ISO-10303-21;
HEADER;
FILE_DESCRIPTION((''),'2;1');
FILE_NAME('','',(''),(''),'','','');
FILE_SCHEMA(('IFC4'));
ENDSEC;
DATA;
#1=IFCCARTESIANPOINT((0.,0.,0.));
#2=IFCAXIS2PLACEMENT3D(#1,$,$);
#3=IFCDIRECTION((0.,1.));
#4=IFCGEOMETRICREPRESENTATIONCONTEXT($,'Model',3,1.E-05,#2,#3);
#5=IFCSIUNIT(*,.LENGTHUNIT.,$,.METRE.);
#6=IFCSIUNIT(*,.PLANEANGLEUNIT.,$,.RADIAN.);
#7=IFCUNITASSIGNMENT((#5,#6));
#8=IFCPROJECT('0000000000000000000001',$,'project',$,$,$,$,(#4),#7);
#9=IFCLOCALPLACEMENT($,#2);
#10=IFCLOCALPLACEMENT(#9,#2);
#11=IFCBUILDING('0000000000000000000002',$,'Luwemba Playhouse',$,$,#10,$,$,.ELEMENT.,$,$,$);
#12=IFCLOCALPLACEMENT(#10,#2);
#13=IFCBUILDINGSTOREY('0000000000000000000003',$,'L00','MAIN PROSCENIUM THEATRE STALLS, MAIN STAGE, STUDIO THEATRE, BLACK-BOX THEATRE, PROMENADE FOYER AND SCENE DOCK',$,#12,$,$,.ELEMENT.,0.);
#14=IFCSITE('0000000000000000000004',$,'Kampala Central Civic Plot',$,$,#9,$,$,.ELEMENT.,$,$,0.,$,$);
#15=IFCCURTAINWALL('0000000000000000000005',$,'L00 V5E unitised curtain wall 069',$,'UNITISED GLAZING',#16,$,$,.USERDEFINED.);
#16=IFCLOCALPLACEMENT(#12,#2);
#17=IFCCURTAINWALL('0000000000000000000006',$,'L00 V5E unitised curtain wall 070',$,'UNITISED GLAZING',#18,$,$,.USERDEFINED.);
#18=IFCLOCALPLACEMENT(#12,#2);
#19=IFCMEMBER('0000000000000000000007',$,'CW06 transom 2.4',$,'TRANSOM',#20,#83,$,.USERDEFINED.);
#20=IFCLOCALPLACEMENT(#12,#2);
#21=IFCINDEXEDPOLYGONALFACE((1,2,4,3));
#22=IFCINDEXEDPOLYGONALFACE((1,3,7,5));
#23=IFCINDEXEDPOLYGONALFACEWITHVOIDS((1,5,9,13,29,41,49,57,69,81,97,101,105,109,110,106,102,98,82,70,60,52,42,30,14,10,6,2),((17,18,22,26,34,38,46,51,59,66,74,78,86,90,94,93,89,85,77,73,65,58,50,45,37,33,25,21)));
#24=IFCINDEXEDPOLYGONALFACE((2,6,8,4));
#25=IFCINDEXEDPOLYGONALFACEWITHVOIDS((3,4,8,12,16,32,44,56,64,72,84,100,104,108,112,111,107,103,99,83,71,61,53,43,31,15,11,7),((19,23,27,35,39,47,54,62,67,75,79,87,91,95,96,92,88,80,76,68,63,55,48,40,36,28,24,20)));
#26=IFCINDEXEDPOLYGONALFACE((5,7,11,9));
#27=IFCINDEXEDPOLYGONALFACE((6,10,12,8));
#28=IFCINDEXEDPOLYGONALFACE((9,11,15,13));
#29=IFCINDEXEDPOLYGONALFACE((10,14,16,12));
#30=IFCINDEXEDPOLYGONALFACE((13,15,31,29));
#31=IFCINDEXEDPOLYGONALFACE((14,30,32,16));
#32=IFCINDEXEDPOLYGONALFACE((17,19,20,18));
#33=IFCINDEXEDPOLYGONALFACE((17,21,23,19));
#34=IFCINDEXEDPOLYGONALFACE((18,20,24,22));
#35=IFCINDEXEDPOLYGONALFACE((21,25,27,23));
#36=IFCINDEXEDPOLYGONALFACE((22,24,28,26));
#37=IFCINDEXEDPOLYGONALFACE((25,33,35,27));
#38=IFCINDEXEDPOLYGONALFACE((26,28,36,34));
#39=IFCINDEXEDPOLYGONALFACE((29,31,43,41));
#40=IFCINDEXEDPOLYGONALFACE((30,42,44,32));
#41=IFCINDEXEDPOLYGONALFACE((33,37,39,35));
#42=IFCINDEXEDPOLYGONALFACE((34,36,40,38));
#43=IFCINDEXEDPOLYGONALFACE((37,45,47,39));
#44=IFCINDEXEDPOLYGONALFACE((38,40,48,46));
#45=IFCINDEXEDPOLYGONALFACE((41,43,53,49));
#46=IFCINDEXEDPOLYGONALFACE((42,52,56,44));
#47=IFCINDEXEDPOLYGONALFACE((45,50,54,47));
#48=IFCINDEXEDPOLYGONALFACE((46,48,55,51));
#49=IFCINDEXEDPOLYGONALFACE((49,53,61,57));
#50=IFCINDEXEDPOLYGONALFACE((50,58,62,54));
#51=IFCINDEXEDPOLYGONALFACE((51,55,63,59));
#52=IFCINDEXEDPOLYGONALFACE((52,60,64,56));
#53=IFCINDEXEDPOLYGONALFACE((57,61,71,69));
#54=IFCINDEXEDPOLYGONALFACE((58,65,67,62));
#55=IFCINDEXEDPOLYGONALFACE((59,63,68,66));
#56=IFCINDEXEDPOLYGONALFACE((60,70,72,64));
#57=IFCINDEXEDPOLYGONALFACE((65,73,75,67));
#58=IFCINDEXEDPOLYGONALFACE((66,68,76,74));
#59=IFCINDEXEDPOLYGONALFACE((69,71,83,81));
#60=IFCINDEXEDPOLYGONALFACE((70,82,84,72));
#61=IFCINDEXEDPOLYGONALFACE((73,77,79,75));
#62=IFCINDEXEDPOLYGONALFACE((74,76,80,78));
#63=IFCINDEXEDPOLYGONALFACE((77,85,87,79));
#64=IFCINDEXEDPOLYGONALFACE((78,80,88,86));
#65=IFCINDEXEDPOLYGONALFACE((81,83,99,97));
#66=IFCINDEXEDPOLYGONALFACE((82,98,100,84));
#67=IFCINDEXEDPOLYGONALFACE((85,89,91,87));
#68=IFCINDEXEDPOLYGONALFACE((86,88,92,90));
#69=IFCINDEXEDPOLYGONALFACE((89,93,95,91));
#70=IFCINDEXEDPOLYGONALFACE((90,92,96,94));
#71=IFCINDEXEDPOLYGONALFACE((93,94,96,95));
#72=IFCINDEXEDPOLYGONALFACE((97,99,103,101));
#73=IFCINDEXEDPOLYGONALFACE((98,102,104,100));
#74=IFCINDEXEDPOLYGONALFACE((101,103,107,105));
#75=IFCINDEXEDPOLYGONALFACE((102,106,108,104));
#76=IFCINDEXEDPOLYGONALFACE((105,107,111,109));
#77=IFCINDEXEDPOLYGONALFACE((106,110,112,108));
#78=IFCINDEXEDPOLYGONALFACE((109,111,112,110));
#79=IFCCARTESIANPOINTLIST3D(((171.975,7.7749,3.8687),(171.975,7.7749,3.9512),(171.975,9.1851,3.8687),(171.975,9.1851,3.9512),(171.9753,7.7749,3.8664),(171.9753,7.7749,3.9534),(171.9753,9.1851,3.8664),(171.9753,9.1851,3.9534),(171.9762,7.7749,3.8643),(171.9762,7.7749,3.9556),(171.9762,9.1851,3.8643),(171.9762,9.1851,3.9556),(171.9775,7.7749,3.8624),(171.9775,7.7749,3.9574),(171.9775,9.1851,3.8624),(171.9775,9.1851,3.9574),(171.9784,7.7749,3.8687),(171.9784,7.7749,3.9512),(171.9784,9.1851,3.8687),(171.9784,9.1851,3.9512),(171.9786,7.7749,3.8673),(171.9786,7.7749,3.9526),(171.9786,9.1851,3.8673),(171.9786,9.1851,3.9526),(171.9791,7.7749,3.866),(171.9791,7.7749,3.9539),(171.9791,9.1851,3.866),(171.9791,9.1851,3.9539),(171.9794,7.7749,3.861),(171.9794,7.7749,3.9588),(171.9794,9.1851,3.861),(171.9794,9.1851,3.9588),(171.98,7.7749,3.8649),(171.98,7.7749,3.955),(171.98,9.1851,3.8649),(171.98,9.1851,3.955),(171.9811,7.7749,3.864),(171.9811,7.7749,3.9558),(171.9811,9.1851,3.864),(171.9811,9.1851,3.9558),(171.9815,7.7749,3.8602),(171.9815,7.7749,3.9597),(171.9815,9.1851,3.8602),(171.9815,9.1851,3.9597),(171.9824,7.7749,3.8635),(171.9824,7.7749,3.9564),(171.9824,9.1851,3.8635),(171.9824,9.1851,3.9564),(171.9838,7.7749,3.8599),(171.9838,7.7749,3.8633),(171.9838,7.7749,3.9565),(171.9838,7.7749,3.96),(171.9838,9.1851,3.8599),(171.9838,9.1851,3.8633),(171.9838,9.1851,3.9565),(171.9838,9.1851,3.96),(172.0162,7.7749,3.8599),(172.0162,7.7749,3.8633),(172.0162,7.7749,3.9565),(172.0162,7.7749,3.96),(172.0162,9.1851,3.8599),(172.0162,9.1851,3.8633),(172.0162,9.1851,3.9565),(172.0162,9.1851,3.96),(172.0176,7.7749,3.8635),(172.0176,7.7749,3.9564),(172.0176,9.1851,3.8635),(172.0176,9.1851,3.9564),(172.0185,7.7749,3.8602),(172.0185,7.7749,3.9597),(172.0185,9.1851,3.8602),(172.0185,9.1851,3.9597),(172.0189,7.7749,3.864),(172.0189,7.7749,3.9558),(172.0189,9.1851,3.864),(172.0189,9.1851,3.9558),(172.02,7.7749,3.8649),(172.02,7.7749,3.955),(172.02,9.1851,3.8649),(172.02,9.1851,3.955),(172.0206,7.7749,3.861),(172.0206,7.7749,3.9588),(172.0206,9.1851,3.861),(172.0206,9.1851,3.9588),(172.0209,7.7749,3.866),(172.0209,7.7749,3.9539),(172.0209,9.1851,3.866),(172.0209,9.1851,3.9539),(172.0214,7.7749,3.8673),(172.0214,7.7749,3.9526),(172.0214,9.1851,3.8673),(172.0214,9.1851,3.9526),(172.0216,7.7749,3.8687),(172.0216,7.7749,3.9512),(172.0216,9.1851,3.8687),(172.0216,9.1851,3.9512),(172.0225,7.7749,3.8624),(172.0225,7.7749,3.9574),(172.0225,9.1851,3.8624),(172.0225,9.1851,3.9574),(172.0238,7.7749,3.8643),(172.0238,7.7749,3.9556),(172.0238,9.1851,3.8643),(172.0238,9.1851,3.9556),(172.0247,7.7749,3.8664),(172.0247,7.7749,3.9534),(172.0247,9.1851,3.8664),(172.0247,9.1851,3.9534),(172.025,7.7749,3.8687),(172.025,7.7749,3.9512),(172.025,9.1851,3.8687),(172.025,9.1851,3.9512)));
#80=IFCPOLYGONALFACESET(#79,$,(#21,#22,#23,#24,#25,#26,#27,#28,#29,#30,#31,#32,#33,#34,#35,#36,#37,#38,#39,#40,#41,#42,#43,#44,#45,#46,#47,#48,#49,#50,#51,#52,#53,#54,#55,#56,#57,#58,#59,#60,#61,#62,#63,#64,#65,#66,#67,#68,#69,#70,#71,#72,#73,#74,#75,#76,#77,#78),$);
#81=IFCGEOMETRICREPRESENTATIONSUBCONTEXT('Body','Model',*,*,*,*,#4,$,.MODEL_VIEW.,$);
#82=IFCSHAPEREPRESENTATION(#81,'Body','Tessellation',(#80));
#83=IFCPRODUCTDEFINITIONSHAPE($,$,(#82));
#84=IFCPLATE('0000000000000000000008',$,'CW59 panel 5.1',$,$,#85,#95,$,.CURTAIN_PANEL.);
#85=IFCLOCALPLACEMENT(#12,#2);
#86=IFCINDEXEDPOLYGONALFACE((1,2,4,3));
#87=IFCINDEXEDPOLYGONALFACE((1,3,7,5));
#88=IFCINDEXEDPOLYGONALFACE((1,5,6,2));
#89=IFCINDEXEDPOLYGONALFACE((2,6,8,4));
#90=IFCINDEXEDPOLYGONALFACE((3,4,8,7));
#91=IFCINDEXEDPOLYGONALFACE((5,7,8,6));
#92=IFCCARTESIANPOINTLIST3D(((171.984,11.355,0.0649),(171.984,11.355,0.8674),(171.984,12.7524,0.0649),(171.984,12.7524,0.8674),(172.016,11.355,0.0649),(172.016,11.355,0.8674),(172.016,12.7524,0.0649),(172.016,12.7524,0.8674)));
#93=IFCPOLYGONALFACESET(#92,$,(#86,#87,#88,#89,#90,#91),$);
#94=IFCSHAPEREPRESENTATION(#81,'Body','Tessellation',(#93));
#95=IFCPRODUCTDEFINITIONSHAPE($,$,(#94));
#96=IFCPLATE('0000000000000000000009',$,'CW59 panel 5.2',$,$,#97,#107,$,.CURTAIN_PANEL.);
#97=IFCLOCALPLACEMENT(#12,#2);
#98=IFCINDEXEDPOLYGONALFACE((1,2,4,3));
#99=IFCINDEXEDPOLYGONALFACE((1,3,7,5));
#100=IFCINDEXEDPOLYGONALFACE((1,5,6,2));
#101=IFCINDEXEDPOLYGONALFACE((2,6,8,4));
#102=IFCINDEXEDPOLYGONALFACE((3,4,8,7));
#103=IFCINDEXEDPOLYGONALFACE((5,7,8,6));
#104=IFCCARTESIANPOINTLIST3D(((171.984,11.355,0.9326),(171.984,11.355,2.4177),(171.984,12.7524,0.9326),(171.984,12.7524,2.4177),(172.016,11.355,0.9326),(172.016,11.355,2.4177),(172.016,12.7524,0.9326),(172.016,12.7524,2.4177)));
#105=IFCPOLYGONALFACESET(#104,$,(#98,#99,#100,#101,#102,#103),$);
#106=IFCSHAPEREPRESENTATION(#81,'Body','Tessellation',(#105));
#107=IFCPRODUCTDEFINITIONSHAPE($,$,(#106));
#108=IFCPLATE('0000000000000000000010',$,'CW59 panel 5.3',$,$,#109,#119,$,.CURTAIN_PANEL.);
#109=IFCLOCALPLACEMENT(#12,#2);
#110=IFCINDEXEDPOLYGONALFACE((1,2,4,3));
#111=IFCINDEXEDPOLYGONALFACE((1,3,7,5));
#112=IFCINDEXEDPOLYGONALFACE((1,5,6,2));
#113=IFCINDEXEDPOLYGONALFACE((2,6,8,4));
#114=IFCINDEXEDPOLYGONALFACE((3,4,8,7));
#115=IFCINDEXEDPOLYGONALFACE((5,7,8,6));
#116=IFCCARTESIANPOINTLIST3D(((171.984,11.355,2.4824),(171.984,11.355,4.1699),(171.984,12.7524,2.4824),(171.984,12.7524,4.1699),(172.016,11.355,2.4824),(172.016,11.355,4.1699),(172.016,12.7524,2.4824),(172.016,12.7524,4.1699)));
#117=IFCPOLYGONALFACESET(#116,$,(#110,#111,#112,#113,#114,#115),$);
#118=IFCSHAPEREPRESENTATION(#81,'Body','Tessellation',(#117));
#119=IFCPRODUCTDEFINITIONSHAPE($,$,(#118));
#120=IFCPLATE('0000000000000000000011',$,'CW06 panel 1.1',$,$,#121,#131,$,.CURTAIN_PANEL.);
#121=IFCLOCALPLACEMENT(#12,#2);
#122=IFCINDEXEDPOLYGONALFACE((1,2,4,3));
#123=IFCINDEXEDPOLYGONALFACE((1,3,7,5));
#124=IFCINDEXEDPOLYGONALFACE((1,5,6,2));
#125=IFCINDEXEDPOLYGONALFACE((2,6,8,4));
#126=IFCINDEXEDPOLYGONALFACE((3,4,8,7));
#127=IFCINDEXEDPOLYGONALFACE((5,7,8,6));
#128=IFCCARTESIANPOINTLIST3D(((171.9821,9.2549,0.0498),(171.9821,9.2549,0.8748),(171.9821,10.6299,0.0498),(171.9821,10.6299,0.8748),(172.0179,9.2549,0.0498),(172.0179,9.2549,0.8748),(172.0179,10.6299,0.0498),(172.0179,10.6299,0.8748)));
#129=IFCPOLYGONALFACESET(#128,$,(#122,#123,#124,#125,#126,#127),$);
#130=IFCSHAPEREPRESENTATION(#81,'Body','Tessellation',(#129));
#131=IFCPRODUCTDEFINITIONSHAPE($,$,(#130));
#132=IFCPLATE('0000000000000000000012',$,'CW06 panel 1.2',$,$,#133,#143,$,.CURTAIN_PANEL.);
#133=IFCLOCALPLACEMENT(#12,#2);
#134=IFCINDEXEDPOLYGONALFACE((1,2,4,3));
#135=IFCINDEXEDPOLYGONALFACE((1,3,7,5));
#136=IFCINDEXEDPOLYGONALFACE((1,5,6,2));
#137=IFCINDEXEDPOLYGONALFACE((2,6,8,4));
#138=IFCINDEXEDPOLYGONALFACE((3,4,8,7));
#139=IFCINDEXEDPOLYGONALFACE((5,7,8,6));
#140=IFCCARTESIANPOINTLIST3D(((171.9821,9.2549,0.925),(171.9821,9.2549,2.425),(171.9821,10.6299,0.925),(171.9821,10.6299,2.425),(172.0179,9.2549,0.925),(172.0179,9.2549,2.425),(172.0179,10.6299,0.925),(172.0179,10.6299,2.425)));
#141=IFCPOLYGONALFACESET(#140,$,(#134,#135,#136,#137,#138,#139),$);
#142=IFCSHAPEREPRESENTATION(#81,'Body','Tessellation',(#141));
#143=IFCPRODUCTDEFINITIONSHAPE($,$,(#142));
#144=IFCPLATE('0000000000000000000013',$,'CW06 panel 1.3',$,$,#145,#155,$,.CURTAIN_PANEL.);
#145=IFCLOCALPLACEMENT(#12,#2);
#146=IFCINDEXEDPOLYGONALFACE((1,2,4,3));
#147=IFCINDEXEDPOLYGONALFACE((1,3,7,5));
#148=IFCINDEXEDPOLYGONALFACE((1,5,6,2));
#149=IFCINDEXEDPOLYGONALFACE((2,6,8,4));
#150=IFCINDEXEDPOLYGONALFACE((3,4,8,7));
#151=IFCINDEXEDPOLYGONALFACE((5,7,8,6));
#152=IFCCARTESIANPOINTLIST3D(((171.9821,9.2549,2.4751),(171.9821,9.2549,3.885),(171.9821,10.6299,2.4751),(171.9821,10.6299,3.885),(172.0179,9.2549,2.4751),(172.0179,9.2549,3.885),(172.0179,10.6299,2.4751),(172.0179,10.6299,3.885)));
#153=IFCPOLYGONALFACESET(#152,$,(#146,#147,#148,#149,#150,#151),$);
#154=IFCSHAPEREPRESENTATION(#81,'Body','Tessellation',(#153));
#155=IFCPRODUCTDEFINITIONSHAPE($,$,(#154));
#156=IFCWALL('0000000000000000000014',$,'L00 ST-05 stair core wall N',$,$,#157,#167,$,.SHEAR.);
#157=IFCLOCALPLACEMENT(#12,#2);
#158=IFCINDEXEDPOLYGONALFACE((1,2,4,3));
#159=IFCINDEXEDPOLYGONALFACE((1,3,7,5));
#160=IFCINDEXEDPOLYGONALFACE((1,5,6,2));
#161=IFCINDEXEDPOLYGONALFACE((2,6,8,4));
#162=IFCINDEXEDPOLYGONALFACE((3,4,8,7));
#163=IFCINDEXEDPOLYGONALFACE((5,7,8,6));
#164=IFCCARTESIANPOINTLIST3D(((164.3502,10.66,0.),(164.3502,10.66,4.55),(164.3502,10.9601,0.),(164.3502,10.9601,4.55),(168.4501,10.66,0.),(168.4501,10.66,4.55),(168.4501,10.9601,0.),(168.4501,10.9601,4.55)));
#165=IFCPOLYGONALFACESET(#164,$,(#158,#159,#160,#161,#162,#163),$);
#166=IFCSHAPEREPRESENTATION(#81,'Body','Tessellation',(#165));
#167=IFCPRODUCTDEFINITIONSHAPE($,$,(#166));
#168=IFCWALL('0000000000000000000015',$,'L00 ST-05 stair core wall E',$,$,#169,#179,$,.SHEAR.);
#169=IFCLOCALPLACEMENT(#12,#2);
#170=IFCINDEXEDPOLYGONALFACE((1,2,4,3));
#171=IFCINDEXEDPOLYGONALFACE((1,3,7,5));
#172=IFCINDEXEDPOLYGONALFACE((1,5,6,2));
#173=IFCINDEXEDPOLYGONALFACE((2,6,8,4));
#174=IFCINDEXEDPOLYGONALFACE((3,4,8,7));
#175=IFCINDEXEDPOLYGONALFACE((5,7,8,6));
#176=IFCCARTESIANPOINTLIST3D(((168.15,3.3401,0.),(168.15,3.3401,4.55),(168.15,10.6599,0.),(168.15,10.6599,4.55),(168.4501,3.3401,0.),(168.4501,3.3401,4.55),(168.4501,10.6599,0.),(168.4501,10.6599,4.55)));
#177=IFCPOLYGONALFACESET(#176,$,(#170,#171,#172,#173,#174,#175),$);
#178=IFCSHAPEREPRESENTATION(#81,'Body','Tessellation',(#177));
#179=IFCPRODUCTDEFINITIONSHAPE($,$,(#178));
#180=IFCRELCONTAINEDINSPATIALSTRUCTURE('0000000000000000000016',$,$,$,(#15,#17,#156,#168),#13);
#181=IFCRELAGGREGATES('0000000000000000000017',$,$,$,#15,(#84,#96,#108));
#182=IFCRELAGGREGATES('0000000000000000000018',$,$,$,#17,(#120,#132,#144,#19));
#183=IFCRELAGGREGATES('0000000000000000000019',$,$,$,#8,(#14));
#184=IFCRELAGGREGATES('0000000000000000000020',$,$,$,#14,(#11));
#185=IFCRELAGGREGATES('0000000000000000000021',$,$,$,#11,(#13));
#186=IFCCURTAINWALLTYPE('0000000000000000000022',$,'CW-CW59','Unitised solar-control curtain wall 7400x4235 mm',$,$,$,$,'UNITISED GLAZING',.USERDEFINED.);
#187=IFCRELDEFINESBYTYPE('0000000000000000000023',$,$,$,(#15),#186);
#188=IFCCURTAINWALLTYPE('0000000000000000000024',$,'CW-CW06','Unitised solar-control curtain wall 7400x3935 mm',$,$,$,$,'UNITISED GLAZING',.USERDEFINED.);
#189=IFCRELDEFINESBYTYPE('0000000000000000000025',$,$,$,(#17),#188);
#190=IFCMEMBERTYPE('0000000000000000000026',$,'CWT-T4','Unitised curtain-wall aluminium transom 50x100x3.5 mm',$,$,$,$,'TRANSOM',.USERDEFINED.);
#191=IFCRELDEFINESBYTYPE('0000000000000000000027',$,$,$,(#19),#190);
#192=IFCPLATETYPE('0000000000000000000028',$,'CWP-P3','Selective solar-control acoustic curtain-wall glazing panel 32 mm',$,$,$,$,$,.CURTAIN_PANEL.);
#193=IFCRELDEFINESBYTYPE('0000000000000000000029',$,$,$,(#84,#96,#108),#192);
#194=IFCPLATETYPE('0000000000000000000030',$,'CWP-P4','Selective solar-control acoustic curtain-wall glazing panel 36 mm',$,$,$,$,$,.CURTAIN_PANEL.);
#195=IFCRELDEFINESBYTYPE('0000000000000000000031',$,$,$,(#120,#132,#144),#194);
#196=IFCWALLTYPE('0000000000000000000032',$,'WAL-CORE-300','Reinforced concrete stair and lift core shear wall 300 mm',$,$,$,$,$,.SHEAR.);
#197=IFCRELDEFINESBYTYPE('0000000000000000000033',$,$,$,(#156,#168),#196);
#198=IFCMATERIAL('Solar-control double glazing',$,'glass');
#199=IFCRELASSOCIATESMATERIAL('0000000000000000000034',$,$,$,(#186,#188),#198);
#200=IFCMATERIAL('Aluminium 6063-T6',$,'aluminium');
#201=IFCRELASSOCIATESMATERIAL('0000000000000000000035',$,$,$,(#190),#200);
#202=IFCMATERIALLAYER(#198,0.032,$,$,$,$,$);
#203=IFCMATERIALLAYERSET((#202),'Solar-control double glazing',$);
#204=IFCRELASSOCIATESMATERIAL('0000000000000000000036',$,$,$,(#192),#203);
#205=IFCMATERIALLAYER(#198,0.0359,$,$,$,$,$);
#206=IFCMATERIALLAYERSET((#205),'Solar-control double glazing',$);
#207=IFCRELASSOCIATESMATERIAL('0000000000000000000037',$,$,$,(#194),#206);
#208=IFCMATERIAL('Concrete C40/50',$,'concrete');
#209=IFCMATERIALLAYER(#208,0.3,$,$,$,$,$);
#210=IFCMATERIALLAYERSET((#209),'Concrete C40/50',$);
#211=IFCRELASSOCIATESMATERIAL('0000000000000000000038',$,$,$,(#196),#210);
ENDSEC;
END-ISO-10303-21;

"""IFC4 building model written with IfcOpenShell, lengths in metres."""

from ifc_helpers import new_model, si_unit, direction, frame, frame_2d, origin, origin_2d, place, context, subcontext, project, spatial, rectangle, hollow_rectangle, extrude, material, layer, layer_set, material_profile, profile_set, type_object, element, aggregate, save


model = new_model("IFC4")

# Units and contexts
model_context = context("Model", 3, precision=1e-05, world=origin(), true_north=direction((0.0, 1.0)))
body_context = subcontext(model_context, "Body", "Model", "MODEL_VIEW")
ifc_project = project(units=[si_unit("LENGTHUNIT", "METRE"), si_unit("PLANEANGLEUNIT", "RADIAN")], contexts=[model_context])

# Site, building, storey
site_placement = place(None, origin())
site = spatial("IfcSite", under=ifc_project, at=site_placement, Name="Kampala Central Civic Plot", CompositionType="ELEMENT", RefElevation=0.0)
building_placement = place(site_placement, origin())
building = spatial("IfcBuilding", under=site, at=building_placement, Name="Luwemba Playhouse", CompositionType="ELEMENT")
storey_placement = place(building_placement, origin())
storey = spatial("IfcBuildingStorey", under=building, at=storey_placement, Name="L00", Description="MAIN PROSCENIUM THEATRE STALLS, MAIN STAGE, STUDIO THEATRE, BLACK-BOX THEATRE, PROMENADE FOYER AND SCENE DOCK", CompositionType="ELEMENT", Elevation=0.0)

# Shared definitions
ifc_material_1 = material(Name="Concrete C40/50", Category="concrete")

# Curtain wall
ifc_material_2 = material(Name="Solar-control double glazing", Category="glass")
curtain_wall_type_1 = type_object("IfcCurtainWallType", Name="CW-CW59", Description="Unitised solar-control curtain wall 7400x4235 mm", ElementType="UNITISED GLAZING", PredefinedType="USERDEFINED", material=ifc_material_2)
curtain_wall_1_placement = place(storey_placement, origin())
curtain_wall_1 = element("IfcCurtainWall", 1, at=curtain_wall_1_placement, inside=storey, type_object=curtain_wall_type_1, Name="L00 V5E unitised curtain wall 069", ObjectType="UNITISED GLAZING", PredefinedType="USERDEFINED")
ifc_material_3 = material(Name="Aluminium 6063-T6", Category="aluminium")

# Curtain wall
curtain_wall_type_2 = type_object("IfcCurtainWallType", Name="CW-CW06", Description="Unitised solar-control curtain wall 7400x3935 mm", ElementType="UNITISED GLAZING", PredefinedType="USERDEFINED", material=ifc_material_2)
curtain_wall_2_placement = place(storey_placement, origin())
curtain_wall_2 = element("IfcCurtainWall", 2, at=curtain_wall_2_placement, inside=storey, type_object=curtain_wall_type_2, Name="L00 V5E unitised curtain wall 070", ObjectType="UNITISED GLAZING", PredefinedType="USERDEFINED")

# Member
ifc_material_profile_1 = material_profile(ifc_material_3, hollow_rectangle(XDim=0.05, YDim=0.1001, WallThickness=0.0034, InnerFilletRadius=0.0054, OuterFilletRadius=0.0088, at=origin_2d()))
ifc_profile_set_1 = profile_set([ifc_material_profile_1], Name="Aluminium 6063-T6")
member_type_1 = type_object("IfcMemberType", Name="CWT-T4", Description="Unitised curtain-wall aluminium transom 50x100x3.5 mm", ElementType="TRANSOM", PredefinedType="USERDEFINED", material=ifc_profile_set_1)
member_1_placement = place(storey_placement, frame((172.0, 9.1851, 3.9099), z_axis=(0.0, -1.0, 0.0), x_axis=(1.0, 0.0, 0.0)))
member_1 = element("IfcMember", 3, at=member_1_placement, type_object=member_type_1, Name="CW06 transom 2.4", ObjectType="TRANSOM", PredefinedType="USERDEFINED", context=body_context, shape_type="SweptSolid", body=[
    extrude(hollow_rectangle(XDim=0.05, YDim=0.1001, WallThickness=0.0034, InnerFilletRadius=0.0054, OuterFilletRadius=0.0088, at=origin_2d()), origin(), (0.0, 0.0, 1.0), 1.4102),
])

# Plates
ifc_layer_1 = layer(ifc_material_2, 0.032)
ifc_layer_set_1 = layer_set([ifc_layer_1], Name="Solar-control double glazing")
plate_type_1 = type_object("IfcPlateType", Name="CWP-P3", Description="Selective solar-control acoustic curtain-wall glazing panel 32 mm", PredefinedType="CURTAIN_PANEL", material=ifc_layer_set_1)
plate_1_placement = place(storey_placement, frame((172.0, 12.0537, 0.0649), z_axis=(0.0, 0.0, 1.0), x_axis=(0.0, -1.0, 0.0)))
plate_1 = element("IfcPlate", 4, at=plate_1_placement, type_object=plate_type_1, Name="CW59 panel 5.1", PredefinedType="CURTAIN_PANEL", context=body_context, shape_type="SweptSolid", body=[
    extrude(rectangle(XDim=1.3975, YDim=0.032, at=origin_2d()), origin(), (0.0, 0.0, 1.0), 0.8025),
])
plate_2_placement = place(storey_placement, frame((172.0, 12.0537, 0.9326), z_axis=(0.0, 0.0, 1.0), x_axis=(0.0, -1.0, 0.0)))
plate_2 = element("IfcPlate", 5, at=plate_2_placement, type_object=plate_type_1, Name="CW59 panel 5.2", PredefinedType="CURTAIN_PANEL", context=body_context, shape_type="SweptSolid", body=[
    extrude(rectangle(XDim=1.3975, YDim=0.032, at=origin_2d()), origin(), (0.0, 0.0, 1.0), 1.4851),
])
plate_3_placement = place(storey_placement, frame((172.0, 12.0537, 2.4824), z_axis=(0.0, 0.0, 1.0), x_axis=(0.0, -1.0, 0.0)))
plate_3 = element("IfcPlate", 6, at=plate_3_placement, type_object=plate_type_1, Name="CW59 panel 5.3", PredefinedType="CURTAIN_PANEL", context=body_context, shape_type="SweptSolid", body=[
    extrude(rectangle(XDim=1.3975, YDim=0.032, at=origin_2d()), origin(), (0.0, 0.0, 1.0), 1.6875),
])
aggregate(curtain_wall_1, [plate_1, plate_2, plate_3])
ifc_layer_2 = layer(ifc_material_2, 0.0359)
ifc_layer_set_2 = layer_set([ifc_layer_2], Name="Solar-control double glazing")
plate_type_2 = type_object("IfcPlateType", Name="CWP-P4", Description="Selective solar-control acoustic curtain-wall glazing panel 36 mm", PredefinedType="CURTAIN_PANEL", material=ifc_layer_set_2)
plate_4_placement = place(storey_placement, frame((172.0, 9.9424, 0.0498), z_axis=(0.0, 0.0, 1.0), x_axis=(0.0, -1.0, 0.0)))
plate_4 = element("IfcPlate", 7, at=plate_4_placement, type_object=plate_type_2, Name="CW06 panel 1.1", PredefinedType="CURTAIN_PANEL", context=body_context, shape_type="SweptSolid", body=[
    extrude(rectangle(XDim=1.375, YDim=0.0359, at=origin_2d()), origin(), (0.0, 0.0, 1.0), 0.825),
])
plate_5_placement = place(storey_placement, frame((172.0, 9.9424, 0.925), z_axis=(0.0, 0.0, 1.0), x_axis=(0.0, -1.0, 0.0)))
plate_5 = element("IfcPlate", 8, at=plate_5_placement, type_object=plate_type_2, Name="CW06 panel 1.2", PredefinedType="CURTAIN_PANEL", context=body_context, shape_type="SweptSolid", body=[
    extrude(rectangle(XDim=1.375, YDim=0.0359, at=origin_2d()), origin(), (0.0, 0.0, 1.0), 1.5),
])
plate_6_placement = place(storey_placement, frame((172.0, 9.9424, 2.4751), z_axis=(0.0, 0.0, 1.0), x_axis=(0.0, -1.0, 0.0)))
plate_6 = element("IfcPlate", 9, at=plate_6_placement, type_object=plate_type_2, Name="CW06 panel 1.3", PredefinedType="CURTAIN_PANEL", context=body_context, shape_type="SweptSolid", body=[
    extrude(rectangle(XDim=1.375, YDim=0.0359, at=origin_2d()), origin(), (0.0, 0.0, 1.0), 1.4099),
])
aggregate(curtain_wall_2, [plate_4, plate_5, plate_6, member_1])

# Walls
ifc_layer_3 = layer(ifc_material_1, 0.3)
ifc_layer_set_3 = layer_set([ifc_layer_3], Name="Concrete C40/50")
wall_type_1 = type_object("IfcWallType", Name="WAL-CORE-300", Description="Reinforced concrete stair and lift core shear wall 300 mm", PredefinedType="SHEAR", material=ifc_layer_set_3)
wall_1_placement = place(storey_placement, frame((168.45, 10.8101, 0.0), z_axis=(0.0, 0.0, 1.0), x_axis=(-1.0, 0.0, 0.0)))
element("IfcWall", 10, at=wall_1_placement, inside=storey, type_object=wall_type_1, Name="L00 ST-05 stair core wall N", PredefinedType="SHEAR", context=body_context, shape_type="SweptSolid", body=[
    extrude(rectangle(XDim=4.0999, YDim=0.3, at=frame_2d((2.0498, 0.0))), origin(), (0.0, 0.0, 1.0), 4.55),
])
wall_2_placement = place(storey_placement, frame((168.3, 10.6599, 0.0), z_axis=(0.0, 0.0, 1.0), x_axis=(0.0, -1.0, 0.0)))
element("IfcWall", 11, at=wall_2_placement, inside=storey, type_object=wall_type_1, Name="L00 ST-05 stair core wall E", PredefinedType="SHEAR", context=body_context, shape_type="SweptSolid", body=[
    extrude(rectangle(XDim=7.3198, YDim=0.3, at=frame_2d((3.6599, 0.0))), origin(), (0.0, 0.0, 1.0), 4.55),
])

save(model, "model.ifc")
